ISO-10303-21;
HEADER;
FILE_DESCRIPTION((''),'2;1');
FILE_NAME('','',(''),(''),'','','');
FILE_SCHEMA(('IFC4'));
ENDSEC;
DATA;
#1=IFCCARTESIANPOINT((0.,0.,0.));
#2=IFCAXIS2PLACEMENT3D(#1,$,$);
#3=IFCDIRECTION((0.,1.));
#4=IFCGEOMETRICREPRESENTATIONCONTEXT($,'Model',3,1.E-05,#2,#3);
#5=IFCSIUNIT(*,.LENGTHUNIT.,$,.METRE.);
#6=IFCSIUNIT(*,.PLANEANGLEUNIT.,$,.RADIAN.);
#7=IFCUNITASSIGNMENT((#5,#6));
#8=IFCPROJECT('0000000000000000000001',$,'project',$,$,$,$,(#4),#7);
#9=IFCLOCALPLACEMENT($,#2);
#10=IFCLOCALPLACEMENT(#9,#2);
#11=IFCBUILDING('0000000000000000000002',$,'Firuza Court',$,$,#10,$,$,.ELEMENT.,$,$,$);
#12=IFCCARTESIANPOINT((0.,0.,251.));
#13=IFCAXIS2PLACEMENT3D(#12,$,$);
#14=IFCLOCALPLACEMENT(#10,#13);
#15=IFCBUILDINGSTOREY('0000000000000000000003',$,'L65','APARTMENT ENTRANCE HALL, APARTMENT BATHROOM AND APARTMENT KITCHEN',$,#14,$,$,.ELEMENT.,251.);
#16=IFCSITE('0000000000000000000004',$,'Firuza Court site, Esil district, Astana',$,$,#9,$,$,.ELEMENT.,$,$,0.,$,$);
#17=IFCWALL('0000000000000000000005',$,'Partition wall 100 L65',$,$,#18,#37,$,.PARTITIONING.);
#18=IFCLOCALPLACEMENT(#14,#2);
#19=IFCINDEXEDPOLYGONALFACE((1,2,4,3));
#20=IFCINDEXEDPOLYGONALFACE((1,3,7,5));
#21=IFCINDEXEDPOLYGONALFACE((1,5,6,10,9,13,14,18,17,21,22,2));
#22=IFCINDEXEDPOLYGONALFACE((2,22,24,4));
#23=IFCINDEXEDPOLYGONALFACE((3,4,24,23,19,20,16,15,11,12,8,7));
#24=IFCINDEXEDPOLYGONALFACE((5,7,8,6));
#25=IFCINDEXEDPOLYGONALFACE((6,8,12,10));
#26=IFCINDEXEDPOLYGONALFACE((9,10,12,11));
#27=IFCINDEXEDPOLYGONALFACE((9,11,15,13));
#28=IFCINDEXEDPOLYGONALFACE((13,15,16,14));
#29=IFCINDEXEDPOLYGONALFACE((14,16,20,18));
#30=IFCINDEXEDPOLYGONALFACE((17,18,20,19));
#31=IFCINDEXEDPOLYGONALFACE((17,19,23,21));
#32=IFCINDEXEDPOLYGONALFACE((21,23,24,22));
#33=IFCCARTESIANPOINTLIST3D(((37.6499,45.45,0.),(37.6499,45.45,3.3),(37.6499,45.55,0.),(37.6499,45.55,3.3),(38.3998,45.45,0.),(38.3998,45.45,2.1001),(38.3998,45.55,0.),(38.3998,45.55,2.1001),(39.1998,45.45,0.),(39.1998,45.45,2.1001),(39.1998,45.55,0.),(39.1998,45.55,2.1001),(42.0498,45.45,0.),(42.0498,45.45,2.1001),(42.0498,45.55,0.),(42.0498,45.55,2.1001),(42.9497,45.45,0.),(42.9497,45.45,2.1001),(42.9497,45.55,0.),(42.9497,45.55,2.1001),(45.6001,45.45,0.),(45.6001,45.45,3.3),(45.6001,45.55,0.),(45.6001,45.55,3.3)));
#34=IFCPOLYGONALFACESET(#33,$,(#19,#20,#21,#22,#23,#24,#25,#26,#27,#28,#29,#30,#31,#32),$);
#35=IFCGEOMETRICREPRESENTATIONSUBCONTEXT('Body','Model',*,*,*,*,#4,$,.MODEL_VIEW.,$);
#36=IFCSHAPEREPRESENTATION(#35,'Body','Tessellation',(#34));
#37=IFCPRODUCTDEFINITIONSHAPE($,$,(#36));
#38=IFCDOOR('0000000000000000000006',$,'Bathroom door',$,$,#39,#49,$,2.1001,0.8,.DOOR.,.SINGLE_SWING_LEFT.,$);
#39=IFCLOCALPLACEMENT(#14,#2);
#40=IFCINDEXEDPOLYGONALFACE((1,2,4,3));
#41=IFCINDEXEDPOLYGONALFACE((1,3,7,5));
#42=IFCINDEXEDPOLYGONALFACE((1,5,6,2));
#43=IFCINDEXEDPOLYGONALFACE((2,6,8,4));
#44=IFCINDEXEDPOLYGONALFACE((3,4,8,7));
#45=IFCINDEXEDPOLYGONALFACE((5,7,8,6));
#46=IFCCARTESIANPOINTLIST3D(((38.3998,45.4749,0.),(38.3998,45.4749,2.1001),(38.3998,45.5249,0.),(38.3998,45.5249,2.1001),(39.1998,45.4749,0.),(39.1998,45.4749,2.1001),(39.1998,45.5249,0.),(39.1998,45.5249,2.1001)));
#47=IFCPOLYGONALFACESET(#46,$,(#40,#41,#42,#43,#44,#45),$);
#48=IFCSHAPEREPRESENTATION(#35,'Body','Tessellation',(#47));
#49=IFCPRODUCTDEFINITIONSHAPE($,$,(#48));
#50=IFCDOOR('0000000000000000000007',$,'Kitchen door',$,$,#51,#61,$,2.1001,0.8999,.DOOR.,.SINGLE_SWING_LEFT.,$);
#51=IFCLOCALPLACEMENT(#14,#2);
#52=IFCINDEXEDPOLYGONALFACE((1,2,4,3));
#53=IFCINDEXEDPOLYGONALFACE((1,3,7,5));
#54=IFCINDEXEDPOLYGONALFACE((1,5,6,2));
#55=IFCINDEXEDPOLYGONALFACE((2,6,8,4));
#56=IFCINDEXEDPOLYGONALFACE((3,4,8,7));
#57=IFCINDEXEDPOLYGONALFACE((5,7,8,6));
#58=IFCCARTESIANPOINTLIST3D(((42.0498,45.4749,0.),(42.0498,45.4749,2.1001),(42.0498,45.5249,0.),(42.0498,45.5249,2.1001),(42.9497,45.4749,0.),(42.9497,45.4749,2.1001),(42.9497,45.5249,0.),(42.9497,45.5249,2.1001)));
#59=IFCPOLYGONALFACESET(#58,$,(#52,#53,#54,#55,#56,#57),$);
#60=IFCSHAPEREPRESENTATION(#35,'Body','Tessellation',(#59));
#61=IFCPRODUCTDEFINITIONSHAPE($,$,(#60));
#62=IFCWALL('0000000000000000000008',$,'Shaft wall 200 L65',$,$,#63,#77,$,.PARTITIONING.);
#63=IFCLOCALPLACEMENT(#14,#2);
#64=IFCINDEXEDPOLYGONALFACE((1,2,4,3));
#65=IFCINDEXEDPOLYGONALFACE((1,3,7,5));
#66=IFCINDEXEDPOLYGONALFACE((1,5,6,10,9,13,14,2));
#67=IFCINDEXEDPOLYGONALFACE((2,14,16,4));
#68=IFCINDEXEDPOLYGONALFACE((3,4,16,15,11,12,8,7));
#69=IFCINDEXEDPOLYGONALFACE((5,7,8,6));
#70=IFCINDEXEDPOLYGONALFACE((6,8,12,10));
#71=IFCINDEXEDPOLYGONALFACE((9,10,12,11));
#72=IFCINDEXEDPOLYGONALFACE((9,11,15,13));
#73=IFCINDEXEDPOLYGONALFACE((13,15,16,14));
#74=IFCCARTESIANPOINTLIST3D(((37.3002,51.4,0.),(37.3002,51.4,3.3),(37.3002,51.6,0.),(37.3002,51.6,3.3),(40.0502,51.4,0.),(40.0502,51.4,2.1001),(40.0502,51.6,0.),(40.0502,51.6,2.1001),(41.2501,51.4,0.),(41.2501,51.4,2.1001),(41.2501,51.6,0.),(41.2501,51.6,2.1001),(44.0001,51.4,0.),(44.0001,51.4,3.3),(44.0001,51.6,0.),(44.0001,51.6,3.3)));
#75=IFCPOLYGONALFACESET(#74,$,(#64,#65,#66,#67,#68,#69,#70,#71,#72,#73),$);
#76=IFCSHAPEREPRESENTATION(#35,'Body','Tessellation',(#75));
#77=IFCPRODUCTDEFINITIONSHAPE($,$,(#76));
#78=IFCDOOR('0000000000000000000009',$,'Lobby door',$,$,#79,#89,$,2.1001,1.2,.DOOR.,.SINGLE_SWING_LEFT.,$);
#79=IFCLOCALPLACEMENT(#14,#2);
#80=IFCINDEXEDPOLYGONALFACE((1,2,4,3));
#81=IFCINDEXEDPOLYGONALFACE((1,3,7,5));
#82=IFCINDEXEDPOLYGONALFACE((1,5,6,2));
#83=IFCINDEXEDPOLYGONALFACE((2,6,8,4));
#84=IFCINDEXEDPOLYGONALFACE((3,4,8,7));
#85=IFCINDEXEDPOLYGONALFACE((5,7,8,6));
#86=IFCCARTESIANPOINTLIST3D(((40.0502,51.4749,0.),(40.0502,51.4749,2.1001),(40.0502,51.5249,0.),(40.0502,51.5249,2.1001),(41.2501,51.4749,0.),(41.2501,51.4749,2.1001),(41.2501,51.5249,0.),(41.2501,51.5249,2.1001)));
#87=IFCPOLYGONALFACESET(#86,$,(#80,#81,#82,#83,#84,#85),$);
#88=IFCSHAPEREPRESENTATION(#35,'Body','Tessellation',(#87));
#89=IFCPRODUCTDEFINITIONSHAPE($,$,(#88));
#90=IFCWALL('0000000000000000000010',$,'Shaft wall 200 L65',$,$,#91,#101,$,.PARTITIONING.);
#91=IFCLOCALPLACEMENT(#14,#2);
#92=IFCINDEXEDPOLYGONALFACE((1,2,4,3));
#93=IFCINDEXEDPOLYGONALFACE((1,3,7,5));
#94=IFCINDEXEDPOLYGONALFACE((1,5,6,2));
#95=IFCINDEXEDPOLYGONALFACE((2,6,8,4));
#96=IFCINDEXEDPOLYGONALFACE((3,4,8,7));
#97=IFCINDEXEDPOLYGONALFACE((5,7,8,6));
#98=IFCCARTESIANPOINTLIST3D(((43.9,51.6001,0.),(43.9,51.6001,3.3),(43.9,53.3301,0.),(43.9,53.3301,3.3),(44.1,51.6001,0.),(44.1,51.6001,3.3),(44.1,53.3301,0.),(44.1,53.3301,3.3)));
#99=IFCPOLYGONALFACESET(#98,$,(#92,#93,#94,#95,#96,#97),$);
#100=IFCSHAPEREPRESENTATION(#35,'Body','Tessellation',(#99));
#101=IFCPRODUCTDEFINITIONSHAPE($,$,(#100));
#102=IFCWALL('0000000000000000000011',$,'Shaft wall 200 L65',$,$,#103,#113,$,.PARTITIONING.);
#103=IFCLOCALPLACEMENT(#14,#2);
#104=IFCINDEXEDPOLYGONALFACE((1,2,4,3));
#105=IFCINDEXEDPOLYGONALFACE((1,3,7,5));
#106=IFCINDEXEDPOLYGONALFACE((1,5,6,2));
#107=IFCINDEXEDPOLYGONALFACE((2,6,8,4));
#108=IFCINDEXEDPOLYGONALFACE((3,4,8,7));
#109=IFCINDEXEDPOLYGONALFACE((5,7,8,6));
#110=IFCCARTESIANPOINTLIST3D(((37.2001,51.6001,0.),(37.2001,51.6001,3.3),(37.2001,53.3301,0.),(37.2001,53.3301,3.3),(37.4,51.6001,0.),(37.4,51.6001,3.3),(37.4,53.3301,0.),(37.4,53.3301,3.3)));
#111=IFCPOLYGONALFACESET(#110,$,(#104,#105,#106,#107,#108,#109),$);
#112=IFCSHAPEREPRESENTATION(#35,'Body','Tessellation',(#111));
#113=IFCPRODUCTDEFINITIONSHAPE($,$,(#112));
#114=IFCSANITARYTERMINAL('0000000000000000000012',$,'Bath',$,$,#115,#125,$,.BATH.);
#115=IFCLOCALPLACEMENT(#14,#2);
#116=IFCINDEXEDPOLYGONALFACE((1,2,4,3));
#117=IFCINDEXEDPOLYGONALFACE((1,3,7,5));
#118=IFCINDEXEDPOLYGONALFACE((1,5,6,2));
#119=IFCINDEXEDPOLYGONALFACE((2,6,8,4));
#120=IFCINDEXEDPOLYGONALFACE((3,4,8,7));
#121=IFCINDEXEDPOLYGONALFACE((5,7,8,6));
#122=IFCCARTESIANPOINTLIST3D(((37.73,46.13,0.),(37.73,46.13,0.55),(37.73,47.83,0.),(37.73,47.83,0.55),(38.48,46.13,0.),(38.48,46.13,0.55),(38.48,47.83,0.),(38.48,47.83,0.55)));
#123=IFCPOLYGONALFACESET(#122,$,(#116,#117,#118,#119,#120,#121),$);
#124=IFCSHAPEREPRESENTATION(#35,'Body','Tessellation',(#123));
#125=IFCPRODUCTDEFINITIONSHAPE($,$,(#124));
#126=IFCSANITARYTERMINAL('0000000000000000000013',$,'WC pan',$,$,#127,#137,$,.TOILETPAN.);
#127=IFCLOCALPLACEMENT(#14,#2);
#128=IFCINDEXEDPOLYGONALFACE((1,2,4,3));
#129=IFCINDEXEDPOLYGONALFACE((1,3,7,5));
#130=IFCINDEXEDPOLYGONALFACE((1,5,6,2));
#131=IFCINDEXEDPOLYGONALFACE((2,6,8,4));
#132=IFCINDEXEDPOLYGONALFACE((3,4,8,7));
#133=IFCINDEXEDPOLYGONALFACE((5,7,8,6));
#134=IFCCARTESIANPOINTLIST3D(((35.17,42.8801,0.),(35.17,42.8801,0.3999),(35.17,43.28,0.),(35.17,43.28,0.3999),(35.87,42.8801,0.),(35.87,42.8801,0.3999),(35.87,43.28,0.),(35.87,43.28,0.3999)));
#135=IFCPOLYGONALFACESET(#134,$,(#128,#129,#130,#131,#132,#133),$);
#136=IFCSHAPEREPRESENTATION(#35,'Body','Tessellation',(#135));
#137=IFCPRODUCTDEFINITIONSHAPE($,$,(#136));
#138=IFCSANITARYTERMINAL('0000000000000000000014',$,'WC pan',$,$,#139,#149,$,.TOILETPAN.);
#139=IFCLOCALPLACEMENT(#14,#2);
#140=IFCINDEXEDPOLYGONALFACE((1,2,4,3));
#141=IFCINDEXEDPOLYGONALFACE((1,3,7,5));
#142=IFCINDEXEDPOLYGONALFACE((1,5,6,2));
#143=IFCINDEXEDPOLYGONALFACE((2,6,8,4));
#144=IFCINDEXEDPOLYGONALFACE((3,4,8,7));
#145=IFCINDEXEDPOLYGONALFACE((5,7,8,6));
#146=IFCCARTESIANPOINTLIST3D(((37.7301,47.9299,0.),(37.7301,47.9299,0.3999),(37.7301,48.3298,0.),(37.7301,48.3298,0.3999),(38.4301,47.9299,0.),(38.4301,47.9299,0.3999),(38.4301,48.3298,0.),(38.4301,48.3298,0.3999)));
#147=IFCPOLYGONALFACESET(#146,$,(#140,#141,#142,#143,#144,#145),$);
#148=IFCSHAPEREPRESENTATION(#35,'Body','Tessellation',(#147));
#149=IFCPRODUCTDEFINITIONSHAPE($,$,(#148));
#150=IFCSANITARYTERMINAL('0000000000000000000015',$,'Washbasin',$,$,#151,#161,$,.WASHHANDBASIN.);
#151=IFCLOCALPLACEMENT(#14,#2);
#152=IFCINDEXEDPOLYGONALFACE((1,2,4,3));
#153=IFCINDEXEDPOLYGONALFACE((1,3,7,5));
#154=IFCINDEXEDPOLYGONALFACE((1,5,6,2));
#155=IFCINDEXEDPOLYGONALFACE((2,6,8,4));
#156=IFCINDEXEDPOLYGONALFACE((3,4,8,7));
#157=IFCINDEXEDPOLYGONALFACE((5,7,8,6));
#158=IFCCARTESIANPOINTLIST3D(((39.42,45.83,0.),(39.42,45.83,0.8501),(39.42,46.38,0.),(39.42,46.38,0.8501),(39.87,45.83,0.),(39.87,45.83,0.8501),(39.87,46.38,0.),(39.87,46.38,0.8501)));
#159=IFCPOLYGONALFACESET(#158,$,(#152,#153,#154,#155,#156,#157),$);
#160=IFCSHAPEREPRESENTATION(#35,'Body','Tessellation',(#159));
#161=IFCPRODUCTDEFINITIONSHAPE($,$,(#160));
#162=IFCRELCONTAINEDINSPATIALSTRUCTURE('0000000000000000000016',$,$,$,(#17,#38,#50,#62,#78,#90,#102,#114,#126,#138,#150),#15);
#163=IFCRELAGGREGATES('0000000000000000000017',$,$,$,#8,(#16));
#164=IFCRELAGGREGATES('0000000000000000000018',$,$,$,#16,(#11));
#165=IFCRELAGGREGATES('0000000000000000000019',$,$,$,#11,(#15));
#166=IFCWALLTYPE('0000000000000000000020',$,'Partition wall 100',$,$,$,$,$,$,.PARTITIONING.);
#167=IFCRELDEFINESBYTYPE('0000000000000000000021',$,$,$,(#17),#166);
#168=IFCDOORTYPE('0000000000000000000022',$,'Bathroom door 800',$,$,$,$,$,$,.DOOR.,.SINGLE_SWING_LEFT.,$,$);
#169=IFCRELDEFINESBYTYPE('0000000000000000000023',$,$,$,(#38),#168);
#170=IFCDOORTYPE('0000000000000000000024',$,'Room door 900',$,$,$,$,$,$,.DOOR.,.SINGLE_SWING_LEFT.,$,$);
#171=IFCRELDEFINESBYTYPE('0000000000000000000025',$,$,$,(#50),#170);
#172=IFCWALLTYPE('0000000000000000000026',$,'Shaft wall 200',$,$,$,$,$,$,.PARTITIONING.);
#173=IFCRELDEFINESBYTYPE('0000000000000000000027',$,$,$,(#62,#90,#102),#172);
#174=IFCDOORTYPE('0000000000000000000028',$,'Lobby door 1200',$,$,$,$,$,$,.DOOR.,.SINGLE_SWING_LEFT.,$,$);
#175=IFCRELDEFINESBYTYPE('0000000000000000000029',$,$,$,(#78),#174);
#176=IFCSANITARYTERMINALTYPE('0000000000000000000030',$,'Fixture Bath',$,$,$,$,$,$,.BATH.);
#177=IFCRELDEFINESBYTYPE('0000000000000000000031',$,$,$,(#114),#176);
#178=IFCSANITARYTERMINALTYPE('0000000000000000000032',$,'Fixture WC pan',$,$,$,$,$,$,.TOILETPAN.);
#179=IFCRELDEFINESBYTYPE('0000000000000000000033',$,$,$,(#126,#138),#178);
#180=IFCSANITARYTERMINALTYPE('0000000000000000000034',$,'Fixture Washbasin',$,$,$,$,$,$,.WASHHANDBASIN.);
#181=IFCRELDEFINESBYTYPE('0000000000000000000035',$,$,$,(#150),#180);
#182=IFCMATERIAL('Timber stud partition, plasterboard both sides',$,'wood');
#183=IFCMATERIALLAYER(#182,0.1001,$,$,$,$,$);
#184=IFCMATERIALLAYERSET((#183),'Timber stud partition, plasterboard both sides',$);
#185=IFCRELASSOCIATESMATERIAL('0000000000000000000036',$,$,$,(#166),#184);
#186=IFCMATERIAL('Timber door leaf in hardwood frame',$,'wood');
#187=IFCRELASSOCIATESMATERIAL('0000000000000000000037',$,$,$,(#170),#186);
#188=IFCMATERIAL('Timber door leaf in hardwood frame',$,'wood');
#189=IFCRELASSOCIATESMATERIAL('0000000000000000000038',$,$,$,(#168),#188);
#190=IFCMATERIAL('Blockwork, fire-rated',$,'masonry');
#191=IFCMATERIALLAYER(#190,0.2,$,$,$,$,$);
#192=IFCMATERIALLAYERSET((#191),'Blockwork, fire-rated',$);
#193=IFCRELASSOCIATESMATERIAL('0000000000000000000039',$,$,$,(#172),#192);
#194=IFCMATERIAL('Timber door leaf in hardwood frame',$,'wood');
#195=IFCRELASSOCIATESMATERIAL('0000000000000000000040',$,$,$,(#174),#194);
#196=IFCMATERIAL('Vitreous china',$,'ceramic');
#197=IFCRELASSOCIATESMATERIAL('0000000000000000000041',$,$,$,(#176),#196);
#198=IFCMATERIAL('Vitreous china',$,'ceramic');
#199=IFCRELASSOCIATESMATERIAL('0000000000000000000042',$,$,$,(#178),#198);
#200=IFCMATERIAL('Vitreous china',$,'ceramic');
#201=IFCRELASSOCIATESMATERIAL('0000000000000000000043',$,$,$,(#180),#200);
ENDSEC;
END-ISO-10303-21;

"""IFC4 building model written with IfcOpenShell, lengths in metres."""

from ifc_helpers import new_model, si_unit, direction, frame, frame_2d, origin, origin_2d, place, context, subcontext, project, spatial, rectangle, extrude, material, layer, layer_set, type_object, element, fill, save


model = new_model("IFC4")

# Units and contexts
model_context = context("Model", 3, precision=1e-05, world=origin(), true_north=direction((0.0, 1.0)))
body_context = subcontext(model_context, "Body", "Model", "MODEL_VIEW")
ifc_project = project(units=[si_unit("LENGTHUNIT", "METRE"), si_unit("PLANEANGLEUNIT", "RADIAN")], contexts=[model_context])

# Site, building, storey
site_placement = place(None, origin())
site = spatial("IfcSite", under=ifc_project, at=site_placement, Name="Firuza Court site, Esil district, Astana", CompositionType="ELEMENT", RefElevation=0.0)
building_placement = place(site_placement, origin())
building = spatial("IfcBuilding", under=site, at=building_placement, Name="Firuza Court", CompositionType="ELEMENT")
storey_placement = place(building_placement, frame((0.0, 0.0, 251.0)))
storey = spatial("IfcBuildingStorey", under=building, at=storey_placement, Name="L65", Description="APARTMENT ENTRANCE HALL, APARTMENT BATHROOM AND APARTMENT KITCHEN", CompositionType="ELEMENT", Elevation=251.0)

# Wall, openings, doors
ifc_material_1 = material(Name="Timber stud partition, plasterboard both sides", Category="wood")
ifc_layer_1 = layer(ifc_material_1, 0.1001)
ifc_layer_set_1 = layer_set([ifc_layer_1], Name="Timber stud partition, plasterboard both sides")
wall_type_1 = type_object("IfcWallType", Name="Partition wall 100", PredefinedType="PARTITIONING", material=ifc_layer_set_1)
ifc_material_2 = material(Name="Timber door leaf in hardwood frame", Category="wood")
door_type_1 = type_object("IfcDoorType", Name="Room door 900", OperationType="SINGLE_SWING_LEFT", PredefinedType="DOOR", material=ifc_material_2)
wall_1_placement = place(storey_placement, frame((37.6499, 45.5, 0.0), z_axis=(0.0, 0.0, 1.0), x_axis=(1.0, 0.0, 0.0)))
wall_1 = element("IfcWall", 1, at=wall_1_placement, inside=storey, type_object=wall_type_1, Name="Partition wall 100 L65", PredefinedType="PARTITIONING", context=body_context, shape_type="SweptSolid", body=[
    extrude(rectangle(XDim=7.9502, YDim=0.1001, at=frame_2d((3.9751, 0.0))), origin(), (0.0, 0.0, 1.0), 3.3),
])
opening_1_placement = place(wall_1_placement, frame((0.75, 0.0, 0.0)))
opening_1 = element("IfcOpeningElement", 2, at=opening_1_placement, cuts=wall_1, PredefinedType="OPENING", context=body_context, shape_type="SweptSolid", body=[
    extrude(rectangle(XDim=0.8, YDim=2.1001, at=frame_2d((0.3999, 1.05))), frame((0.0, 0.062, 0.0), z_axis=(0.0, -1.0, 0.0), x_axis=(1.0, 0.0, 0.0)), (0.0, 0.0, 1.0), 0.124),
])
opening_2_placement = place(wall_1_placement, frame((4.3999, 0.0, 0.0)))
opening_2 = element("IfcOpeningElement", 3, at=opening_2_placement, cuts=wall_1, PredefinedType="OPENING", context=body_context, shape_type="SweptSolid", body=[
    extrude(rectangle(XDim=0.8999, YDim=2.1001, at=frame_2d((0.45, 1.05))), frame((0.0, 0.062, 0.0), z_axis=(0.0, -1.0, 0.0), x_axis=(1.0, 0.0, 0.0)), (0.0, 0.0, 1.0), 0.124),
])
ifc_material_3 = material(Name="Timber door leaf in hardwood frame", Category="wood")
door_type_2 = type_object("IfcDoorType", Name="Bathroom door 800", OperationType="SINGLE_SWING_LEFT", PredefinedType="DOOR", material=ifc_material_3)
door_1_placement = place(opening_1_placement, origin())
door_1 = element("IfcDoor", 4, at=door_1_placement, inside=storey, type_object=door_type_2, Name="Bathroom door", OperationType="SINGLE_SWING_LEFT", OverallHeight=2.1001, OverallWidth=0.8, PredefinedType="DOOR", context=body_context, shape_type="SweptSolid", body=[
    extrude(rectangle(XDim=0.8, YDim=2.1001, at=frame_2d((0.3999, 1.05))), frame((0.0, 0.0249, 0.0), z_axis=(0.0, -1.0, 0.0), x_axis=(1.0, 0.0, 0.0)), (0.0, 0.0, 1.0), 0.05),
])
fill(opening_1, door_1)
door_2_placement = place(opening_2_placement, origin())
door_2 = element("IfcDoor", 5, at=door_2_placement, inside=storey, type_object=door_type_1, Name="Kitchen door", OperationType="SINGLE_SWING_LEFT", OverallHeight=2.1001, OverallWidth=0.8999, PredefinedType="DOOR", context=body_context, shape_type="SweptSolid", body=[
    extrude(rectangle(XDim=0.8999, YDim=2.1001, at=frame_2d((0.45, 1.05))), frame((0.0, 0.0249, 0.0), z_axis=(0.0, -1.0, 0.0), x_axis=(1.0, 0.0, 0.0)), (0.0, 0.0, 1.0), 0.05),
])
fill(opening_2, door_2)

# Wall, opening, door
ifc_material_4 = material(Name="Blockwork, fire-rated", Category="masonry")
ifc_layer_2 = layer(ifc_material_4, 0.2)
ifc_layer_set_2 = layer_set([ifc_layer_2], Name="Blockwork, fire-rated")
wall_type_2 = type_object("IfcWallType", Name="Shaft wall 200", PredefinedType="PARTITIONING", material=ifc_layer_set_2)
wall_2_placement = place(storey_placement, frame((37.3, 51.5, 0.0), z_axis=(0.0, 0.0, 1.0), x_axis=(1.0, 0.0, 0.0)))
wall_2 = element("IfcWall", 6, at=wall_2_placement, inside=storey, type_object=wall_type_2, Name="Shaft wall 200 L65", PredefinedType="PARTITIONING", context=body_context, shape_type="SweptSolid", body=[
    extrude(rectangle(XDim=6.7, YDim=0.2, at=frame_2d((3.3501, 0.0))), origin(), (0.0, 0.0, 1.0), 3.3),
])
opening_3_placement = place(wall_2_placement, frame((2.75, 0.0, 0.0)))
opening_3 = element("IfcOpeningElement", 7, at=opening_3_placement, cuts=wall_2, PredefinedType="OPENING", context=body_context, shape_type="SweptSolid", body=[
    extrude(rectangle(XDim=1.2, YDim=2.1001, at=frame_2d((0.6001, 1.05))), frame((0.0, 0.1118, 0.0), z_axis=(0.0, -1.0, 0.0), x_axis=(1.0, 0.0, 0.0)), (0.0, 0.0, 1.0), 0.2239),
])
ifc_material_5 = material(Name="Timber door leaf in hardwood frame", Category="wood")
door_type_3 = type_object("IfcDoorType", Name="Lobby door 1200", OperationType="SINGLE_SWING_LEFT", PredefinedType="DOOR", material=ifc_material_5)
door_3_placement = place(opening_3_placement, origin())
door_3 = element("IfcDoor", 8, at=door_3_placement, inside=storey, type_object=door_type_3, Name="Lobby door", OperationType="SINGLE_SWING_LEFT", OverallHeight=2.1001, OverallWidth=1.2, PredefinedType="DOOR", context=body_context, shape_type="SweptSolid", body=[
    extrude(rectangle(XDim=1.2, YDim=2.1001, at=frame_2d((0.6001, 1.05))), frame((0.0, 0.0249, 0.0), z_axis=(0.0, -1.0, 0.0), x_axis=(1.0, 0.0, 0.0)), (0.0, 0.0, 1.0), 0.05),
])
fill(opening_3, door_3)

# Walls
for number, where, z_axis, x_axis, name in (
    (9, (44.0, 51.6001, 0.0), (0.0, 0.0, 1.0), (0.0, 1.0, 0.0), "Shaft wall 200 L65"),
    (10, (37.3, 51.6001, 0.0), (0.0, 0.0, 1.0), (0.0, 1.0, 0.0), "Shaft wall 200 L65"),
):
    element("IfcWall", number, at=place(storey_placement, frame(where, z_axis=z_axis, x_axis=x_axis)), inside=storey, type_object=wall_type_2, Name=name, PredefinedType="PARTITIONING", context=body_context, shape_type="SweptSolid", body=[
        extrude(rectangle(XDim=1.73, YDim=0.2, at=frame_2d((0.865, 0.0))), origin(), (0.0, 0.0, 1.0), 3.3),
    ])

# Sanitary terminals
ifc_material_6 = material(Name="Vitreous china", Category="ceramic")
sanitary_terminal_type_1 = type_object("IfcSanitaryTerminalType", Name="Fixture Bath", PredefinedType="BATH", material=ifc_material_6)
sanitary_terminal_1_placement = place(storey_placement, frame((38.105, 46.98, 0.0), z_axis=(0.0, 0.0, 1.0), x_axis=(1.0, 0.0, 0.0)))
element("IfcSanitaryTerminal", 11, at=sanitary_terminal_1_placement, inside=storey, type_object=sanitary_terminal_type_1, Name="Bath", PredefinedType="BATH", context=body_context, shape_type="SweptSolid", body=[
    extrude(rectangle(XDim=0.75, YDim=1.7, at=origin_2d()), origin(), (0.0, 0.0, 1.0), 0.55),
])
ifc_material_7 = material(Name="Vitreous china", Category="ceramic")
sanitary_terminal_type_2 = type_object("IfcSanitaryTerminalType", Name="Fixture WC pan", PredefinedType="TOILETPAN", material=ifc_material_7)
for number, where, z_axis, x_axis, name in (
    (12, (35.52, 43.0801, 0.0), (0.0, 0.0, 1.0), (1.0, 0.0, 0.0), "WC pan"),
    (13, (38.0801, 48.1299, 0.0), (0.0, 0.0, 1.0), (1.0, 0.0, 0.0), "WC pan"),
):
    element("IfcSanitaryTerminal", number, at=place(storey_placement, frame(where, z_axis=z_axis, x_axis=x_axis)), inside=storey, type_object=sanitary_terminal_type_2, Name=name, PredefinedType="TOILETPAN", context=body_context, shape_type="SweptSolid", body=[
        extrude(rectangle(XDim=0.7, YDim=0.3999, at=origin_2d()), origin(), (0.0, 0.0, 1.0), 0.3999),
    ])
ifc_material_8 = material(Name="Vitreous china", Category="ceramic")
sanitary_terminal_type_3 = type_object("IfcSanitaryTerminalType", Name="Fixture Washbasin", PredefinedType="WASHHANDBASIN", material=ifc_material_8)
sanitary_terminal_2_placement = place(storey_placement, frame((39.645, 46.105, 0.0), z_axis=(0.0, 0.0, 1.0), x_axis=(1.0, 0.0, 0.0)))
element("IfcSanitaryTerminal", 14, at=sanitary_terminal_2_placement, inside=storey, type_object=sanitary_terminal_type_3, Name="Washbasin", PredefinedType="WASHHANDBASIN", context=body_context, shape_type="SweptSolid", body=[
    extrude(rectangle(XDim=0.45, YDim=0.55, at=origin_2d()), origin(), (0.0, 0.0, 1.0), 0.8501),
])

save(model, "model.ifc")
